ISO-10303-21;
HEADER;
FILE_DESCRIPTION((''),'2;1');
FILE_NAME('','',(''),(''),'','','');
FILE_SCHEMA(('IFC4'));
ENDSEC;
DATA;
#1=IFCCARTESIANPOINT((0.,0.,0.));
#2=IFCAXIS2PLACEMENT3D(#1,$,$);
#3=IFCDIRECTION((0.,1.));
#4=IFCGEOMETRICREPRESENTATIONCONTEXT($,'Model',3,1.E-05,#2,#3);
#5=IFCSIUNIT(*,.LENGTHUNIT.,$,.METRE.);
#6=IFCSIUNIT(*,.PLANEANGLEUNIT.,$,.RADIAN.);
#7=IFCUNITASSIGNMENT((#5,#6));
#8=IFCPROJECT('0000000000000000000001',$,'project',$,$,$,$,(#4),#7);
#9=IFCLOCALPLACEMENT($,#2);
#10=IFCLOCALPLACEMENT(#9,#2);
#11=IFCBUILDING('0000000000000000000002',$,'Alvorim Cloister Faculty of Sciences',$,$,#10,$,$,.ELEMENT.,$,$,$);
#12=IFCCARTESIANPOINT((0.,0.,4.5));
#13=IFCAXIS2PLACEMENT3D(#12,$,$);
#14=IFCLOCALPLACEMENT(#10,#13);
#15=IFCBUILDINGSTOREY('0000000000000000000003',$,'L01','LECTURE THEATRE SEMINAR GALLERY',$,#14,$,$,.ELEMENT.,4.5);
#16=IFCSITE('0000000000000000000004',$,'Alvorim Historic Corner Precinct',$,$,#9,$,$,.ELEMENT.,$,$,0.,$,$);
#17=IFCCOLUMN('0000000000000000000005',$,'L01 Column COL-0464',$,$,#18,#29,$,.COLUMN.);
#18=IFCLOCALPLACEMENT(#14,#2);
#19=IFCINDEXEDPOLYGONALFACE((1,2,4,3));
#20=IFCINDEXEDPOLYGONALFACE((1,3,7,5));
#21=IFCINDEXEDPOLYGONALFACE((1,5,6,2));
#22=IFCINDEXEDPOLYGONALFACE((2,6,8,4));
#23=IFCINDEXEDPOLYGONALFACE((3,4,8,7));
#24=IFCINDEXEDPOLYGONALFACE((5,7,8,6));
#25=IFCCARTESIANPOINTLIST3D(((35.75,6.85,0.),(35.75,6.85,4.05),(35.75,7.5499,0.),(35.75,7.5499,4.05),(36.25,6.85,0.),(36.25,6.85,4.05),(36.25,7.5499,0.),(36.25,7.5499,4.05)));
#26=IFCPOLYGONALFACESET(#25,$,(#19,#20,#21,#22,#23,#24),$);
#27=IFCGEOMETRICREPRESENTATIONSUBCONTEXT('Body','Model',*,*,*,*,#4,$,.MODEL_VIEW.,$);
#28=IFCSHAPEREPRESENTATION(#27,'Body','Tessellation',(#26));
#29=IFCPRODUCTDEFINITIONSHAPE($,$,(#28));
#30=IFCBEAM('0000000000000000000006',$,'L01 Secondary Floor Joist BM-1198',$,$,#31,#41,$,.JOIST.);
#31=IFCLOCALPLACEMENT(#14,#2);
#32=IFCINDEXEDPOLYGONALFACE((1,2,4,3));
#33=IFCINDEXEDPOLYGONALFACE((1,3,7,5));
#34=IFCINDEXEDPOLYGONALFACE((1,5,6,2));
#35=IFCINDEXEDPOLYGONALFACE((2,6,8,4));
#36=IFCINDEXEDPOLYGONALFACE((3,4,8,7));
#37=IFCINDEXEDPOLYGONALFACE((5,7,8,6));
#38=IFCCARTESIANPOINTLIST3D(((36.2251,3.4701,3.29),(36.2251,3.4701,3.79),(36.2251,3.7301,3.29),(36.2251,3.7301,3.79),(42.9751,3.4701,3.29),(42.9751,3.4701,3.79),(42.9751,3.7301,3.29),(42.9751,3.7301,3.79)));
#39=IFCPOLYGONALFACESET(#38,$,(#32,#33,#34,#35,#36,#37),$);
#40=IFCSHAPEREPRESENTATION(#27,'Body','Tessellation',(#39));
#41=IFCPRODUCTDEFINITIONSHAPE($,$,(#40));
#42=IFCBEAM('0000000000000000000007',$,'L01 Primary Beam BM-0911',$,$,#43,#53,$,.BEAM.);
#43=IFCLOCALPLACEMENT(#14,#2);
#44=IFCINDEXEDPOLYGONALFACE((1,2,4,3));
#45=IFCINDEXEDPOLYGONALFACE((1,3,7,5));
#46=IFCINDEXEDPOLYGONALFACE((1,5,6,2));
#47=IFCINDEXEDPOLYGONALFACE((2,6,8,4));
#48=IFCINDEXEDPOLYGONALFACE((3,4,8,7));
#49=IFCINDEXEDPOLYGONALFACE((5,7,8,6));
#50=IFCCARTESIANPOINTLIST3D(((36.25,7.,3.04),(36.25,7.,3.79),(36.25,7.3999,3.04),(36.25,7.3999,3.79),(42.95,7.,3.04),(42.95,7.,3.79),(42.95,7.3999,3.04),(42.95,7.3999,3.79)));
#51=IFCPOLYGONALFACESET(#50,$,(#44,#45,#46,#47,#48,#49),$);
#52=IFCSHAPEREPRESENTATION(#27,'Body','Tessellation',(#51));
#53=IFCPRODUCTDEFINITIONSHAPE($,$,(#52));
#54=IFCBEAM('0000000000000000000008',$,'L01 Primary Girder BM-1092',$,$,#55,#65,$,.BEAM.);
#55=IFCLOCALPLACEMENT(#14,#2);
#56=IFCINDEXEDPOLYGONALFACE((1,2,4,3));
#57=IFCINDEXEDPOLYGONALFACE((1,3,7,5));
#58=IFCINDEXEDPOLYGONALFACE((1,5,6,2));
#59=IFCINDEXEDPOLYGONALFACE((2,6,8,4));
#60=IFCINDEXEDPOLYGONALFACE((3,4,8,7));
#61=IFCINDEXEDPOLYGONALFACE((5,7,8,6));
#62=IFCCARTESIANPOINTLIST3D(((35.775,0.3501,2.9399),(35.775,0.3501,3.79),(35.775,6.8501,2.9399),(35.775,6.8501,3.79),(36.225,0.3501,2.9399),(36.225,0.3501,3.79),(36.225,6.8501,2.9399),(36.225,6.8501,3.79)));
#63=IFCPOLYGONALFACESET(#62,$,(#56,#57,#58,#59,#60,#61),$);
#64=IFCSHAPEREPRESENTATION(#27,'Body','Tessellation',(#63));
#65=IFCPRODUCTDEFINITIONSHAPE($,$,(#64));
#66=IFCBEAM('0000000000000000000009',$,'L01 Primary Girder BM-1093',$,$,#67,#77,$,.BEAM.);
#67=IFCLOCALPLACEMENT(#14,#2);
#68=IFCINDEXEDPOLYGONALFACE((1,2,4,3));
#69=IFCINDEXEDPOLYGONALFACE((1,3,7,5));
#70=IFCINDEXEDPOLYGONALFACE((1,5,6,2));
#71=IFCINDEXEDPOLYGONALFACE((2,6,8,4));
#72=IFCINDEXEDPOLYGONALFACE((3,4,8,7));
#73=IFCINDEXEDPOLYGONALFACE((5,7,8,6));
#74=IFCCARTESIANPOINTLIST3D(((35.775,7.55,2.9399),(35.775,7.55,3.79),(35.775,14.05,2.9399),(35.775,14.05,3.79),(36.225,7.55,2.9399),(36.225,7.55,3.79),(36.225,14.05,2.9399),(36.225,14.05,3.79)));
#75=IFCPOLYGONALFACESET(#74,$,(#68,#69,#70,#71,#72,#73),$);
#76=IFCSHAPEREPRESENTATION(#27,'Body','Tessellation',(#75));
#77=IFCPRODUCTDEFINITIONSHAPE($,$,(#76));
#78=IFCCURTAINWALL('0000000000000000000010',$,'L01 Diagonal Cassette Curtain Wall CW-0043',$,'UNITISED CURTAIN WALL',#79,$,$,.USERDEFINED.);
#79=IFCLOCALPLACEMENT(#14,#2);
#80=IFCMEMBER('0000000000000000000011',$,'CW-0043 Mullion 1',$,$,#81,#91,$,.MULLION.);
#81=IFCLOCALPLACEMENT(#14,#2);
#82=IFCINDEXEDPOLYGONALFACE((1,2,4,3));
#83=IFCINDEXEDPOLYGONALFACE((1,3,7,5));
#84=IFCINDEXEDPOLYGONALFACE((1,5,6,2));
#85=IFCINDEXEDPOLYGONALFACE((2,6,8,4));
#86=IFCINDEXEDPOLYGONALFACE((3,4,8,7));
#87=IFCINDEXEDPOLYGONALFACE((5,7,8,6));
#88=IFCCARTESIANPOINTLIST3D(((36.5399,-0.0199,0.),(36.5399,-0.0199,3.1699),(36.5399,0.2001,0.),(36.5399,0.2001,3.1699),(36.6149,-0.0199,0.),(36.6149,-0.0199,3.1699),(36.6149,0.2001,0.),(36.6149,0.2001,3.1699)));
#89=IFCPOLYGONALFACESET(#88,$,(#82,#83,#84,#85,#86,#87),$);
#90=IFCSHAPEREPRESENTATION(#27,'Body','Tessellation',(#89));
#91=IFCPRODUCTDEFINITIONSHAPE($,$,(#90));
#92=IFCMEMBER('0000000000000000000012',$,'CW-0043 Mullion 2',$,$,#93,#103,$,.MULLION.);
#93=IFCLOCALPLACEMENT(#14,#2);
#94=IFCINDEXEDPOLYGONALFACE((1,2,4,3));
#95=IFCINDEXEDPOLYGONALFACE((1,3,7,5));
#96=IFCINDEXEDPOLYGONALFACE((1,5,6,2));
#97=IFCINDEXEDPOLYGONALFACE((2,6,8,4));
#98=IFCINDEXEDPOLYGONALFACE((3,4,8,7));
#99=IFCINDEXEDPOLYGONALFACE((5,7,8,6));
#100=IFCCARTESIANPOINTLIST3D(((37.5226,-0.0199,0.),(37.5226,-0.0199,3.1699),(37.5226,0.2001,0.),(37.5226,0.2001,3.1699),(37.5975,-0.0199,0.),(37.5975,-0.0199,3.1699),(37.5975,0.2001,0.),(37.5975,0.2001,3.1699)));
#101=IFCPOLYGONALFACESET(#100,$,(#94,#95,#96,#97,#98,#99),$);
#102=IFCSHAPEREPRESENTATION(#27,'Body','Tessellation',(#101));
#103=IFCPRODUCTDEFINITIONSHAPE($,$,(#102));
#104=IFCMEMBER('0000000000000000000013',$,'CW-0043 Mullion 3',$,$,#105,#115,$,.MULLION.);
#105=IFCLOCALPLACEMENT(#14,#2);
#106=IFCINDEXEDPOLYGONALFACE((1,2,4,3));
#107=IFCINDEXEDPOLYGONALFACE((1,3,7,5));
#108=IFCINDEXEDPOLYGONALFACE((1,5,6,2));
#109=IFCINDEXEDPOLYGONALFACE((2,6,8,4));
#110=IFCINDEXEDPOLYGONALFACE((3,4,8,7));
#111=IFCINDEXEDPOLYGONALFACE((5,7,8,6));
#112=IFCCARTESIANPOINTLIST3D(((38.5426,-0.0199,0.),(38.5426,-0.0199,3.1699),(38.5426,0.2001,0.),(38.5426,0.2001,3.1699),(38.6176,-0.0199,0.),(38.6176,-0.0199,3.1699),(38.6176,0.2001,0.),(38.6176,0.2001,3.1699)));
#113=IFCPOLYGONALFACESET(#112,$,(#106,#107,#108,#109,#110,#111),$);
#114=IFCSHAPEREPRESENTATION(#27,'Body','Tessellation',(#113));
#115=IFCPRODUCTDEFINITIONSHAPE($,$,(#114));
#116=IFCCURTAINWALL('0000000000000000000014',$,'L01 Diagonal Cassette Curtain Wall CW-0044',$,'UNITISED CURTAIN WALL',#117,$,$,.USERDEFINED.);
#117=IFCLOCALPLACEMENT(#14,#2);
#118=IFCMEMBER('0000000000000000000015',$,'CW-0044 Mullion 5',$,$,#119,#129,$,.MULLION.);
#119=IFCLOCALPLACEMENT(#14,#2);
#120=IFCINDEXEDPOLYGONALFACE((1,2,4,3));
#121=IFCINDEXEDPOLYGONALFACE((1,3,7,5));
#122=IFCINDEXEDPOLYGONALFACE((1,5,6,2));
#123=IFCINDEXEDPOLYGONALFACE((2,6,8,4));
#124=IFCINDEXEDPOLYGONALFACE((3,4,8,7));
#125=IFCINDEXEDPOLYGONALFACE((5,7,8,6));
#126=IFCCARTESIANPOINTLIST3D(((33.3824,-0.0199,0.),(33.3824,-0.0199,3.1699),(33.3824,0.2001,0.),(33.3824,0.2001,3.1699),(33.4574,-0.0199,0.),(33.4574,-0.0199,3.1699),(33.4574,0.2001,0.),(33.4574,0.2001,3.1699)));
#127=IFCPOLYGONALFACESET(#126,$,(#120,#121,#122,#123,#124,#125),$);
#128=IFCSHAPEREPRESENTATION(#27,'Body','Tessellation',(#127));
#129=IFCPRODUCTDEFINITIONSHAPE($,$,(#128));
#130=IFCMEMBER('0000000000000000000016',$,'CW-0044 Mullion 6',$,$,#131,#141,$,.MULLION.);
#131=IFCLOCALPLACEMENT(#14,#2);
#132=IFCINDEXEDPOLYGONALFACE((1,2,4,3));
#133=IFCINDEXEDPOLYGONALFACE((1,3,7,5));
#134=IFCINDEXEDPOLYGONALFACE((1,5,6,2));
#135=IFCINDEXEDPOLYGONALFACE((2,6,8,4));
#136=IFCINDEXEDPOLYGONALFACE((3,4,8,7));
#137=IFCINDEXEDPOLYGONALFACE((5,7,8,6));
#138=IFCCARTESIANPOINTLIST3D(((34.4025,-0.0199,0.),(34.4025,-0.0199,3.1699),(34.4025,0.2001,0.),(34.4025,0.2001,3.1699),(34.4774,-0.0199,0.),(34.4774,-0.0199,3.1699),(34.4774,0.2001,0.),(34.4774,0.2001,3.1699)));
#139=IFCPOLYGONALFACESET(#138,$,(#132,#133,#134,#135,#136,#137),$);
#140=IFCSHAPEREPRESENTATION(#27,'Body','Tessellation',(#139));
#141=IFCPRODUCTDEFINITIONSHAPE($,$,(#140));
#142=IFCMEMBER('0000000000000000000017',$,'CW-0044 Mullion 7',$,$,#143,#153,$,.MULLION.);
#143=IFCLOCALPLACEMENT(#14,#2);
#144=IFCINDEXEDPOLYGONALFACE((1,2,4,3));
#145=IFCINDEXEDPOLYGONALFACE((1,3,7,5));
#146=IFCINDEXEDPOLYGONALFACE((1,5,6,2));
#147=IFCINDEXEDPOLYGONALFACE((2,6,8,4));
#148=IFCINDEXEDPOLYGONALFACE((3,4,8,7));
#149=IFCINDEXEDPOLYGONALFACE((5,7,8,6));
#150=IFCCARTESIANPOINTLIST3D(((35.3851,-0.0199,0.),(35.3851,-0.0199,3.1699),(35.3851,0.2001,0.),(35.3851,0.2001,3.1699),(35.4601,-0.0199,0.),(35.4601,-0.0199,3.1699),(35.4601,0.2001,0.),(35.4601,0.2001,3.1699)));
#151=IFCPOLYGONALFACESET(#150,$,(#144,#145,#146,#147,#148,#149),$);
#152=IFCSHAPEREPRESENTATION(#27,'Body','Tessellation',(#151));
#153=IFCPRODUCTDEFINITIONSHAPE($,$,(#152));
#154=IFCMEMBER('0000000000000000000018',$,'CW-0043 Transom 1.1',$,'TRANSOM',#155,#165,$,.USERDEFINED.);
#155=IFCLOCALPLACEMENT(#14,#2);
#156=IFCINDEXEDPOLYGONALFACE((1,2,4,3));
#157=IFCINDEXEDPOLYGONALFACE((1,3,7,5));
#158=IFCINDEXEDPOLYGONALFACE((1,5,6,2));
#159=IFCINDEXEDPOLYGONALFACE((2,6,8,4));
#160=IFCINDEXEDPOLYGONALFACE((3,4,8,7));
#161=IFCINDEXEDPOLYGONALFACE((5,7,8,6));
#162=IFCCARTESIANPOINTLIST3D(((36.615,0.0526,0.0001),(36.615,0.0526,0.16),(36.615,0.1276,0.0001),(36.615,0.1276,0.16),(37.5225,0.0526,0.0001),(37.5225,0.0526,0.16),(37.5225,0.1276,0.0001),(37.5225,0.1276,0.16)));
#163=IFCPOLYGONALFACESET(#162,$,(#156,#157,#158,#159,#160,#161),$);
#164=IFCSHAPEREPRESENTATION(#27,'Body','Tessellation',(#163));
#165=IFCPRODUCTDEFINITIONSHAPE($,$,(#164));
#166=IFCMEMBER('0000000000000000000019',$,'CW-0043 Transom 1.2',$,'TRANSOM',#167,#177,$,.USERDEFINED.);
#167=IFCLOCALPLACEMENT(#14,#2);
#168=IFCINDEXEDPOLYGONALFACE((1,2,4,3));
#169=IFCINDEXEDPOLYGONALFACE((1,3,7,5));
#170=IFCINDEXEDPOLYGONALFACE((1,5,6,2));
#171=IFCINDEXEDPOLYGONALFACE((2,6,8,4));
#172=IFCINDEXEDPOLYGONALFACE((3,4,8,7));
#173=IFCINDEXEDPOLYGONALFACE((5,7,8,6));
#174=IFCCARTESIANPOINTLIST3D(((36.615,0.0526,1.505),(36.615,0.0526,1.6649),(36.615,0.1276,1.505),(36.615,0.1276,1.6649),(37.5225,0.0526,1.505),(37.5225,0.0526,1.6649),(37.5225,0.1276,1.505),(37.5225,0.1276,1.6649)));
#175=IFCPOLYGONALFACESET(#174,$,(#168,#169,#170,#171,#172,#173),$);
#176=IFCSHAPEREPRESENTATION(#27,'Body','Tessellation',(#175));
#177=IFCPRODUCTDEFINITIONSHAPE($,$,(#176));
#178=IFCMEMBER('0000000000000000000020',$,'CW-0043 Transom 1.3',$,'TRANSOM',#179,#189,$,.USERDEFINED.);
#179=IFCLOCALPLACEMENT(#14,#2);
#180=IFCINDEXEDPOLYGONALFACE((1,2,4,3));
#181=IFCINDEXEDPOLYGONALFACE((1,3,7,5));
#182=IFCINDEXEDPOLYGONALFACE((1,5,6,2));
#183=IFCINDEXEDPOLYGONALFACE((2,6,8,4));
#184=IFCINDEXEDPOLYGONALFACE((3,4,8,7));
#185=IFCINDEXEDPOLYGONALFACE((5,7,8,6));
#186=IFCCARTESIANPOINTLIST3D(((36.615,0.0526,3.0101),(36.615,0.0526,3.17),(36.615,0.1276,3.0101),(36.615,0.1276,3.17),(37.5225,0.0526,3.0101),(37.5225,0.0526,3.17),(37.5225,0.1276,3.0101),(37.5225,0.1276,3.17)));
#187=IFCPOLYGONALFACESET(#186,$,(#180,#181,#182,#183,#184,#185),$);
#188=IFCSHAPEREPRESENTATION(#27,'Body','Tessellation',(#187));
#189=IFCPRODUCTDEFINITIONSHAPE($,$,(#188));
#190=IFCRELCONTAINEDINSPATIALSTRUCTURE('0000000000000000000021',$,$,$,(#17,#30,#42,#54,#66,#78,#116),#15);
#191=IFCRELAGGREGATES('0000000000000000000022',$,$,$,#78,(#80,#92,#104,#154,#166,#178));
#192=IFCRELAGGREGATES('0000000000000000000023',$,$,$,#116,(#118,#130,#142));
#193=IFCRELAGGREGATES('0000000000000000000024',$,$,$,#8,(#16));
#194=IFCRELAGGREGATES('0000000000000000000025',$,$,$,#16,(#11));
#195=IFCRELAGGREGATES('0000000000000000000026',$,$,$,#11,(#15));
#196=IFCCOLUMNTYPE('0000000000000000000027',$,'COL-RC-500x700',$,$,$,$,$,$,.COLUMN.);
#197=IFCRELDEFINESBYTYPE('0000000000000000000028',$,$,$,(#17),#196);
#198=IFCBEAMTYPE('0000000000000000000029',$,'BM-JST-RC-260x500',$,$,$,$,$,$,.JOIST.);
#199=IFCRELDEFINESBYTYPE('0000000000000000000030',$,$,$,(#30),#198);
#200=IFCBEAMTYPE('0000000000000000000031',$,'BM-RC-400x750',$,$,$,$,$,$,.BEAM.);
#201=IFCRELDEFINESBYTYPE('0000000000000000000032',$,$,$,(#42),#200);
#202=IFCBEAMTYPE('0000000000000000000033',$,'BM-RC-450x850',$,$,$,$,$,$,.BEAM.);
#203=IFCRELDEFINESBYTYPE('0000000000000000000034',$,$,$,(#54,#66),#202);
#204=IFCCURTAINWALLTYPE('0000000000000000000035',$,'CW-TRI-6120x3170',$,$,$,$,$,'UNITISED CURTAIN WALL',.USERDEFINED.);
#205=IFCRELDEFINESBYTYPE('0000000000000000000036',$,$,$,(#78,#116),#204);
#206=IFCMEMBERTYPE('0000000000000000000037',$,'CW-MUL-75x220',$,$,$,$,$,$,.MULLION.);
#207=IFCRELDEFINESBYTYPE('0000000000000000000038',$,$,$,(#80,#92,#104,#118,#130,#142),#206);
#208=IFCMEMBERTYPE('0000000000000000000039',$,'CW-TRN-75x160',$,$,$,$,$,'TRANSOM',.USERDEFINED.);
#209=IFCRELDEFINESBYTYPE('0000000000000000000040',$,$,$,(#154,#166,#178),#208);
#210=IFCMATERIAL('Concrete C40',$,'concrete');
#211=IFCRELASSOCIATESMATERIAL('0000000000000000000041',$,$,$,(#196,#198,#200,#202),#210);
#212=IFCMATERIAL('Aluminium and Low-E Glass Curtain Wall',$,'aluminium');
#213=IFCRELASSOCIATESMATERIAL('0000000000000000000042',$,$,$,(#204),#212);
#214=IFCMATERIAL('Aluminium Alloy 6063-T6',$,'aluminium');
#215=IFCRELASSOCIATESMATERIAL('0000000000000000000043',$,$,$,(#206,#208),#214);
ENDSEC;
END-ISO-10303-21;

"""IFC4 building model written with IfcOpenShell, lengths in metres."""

from ifc_helpers import new_model, si_unit, direction, frame, origin, origin_2d, place, context, subcontext, project, spatial, rectangle, extrude, material, material_profile, profile_set, type_object, element, aggregate, save


model = new_model("IFC4")

# Units and contexts
model_context = context("Model", 3, precision=1e-05, world=origin(), true_north=direction((0.0, 1.0)))
body_context = subcontext(model_context, "Body", "Model", "MODEL_VIEW")
ifc_project = project(units=[si_unit("LENGTHUNIT", "METRE"), si_unit("PLANEANGLEUNIT", "RADIAN")], contexts=[model_context])

# Site, building, storey
site_placement = place(None, origin())
site = spatial("IfcSite", under=ifc_project, at=site_placement, Name="Alvorim Historic Corner Precinct", CompositionType="ELEMENT", RefElevation=0.0)
building_placement = place(site_placement, origin())
building = spatial("IfcBuilding", under=site, at=building_placement, Name="Alvorim Cloister Faculty of Sciences", CompositionType="ELEMENT")
storey_placement = place(building_placement, frame((0.0, 0.0, 4.5)))
storey = spatial("IfcBuildingStorey", under=building, at=storey_placement, Name="L01", Description="LECTURE THEATRE SEMINAR GALLERY", CompositionType="ELEMENT", Elevation=4.5)

# Column
ifc_material_1 = material(Name="Concrete C40", Category="concrete")
ifc_material_profile_1 = material_profile(ifc_material_1, rectangle(XDim=0.5, YDim=0.7, at=origin_2d()), Name="RC40-COL-500x700")
ifc_profile_set_1 = profile_set([ifc_material_profile_1], Name="Concrete C40")
column_type = type_object("IfcColumnType", Name="COL-RC-500x700", PredefinedType="COLUMN", material=ifc_profile_set_1)
column_placement = place(storey_placement, frame((36.0, 7.2, 0.0), z_axis=(0.0, 0.0, 1.0), x_axis=(1.0, 0.0, 0.0)))
element("IfcColumn", 1, at=column_placement, inside=storey, type_object=column_type, Name="L01 Column COL-0464", PredefinedType="COLUMN", context=body_context, shape_type="SweptSolid", body=[
    extrude(rectangle(XDim=0.5, YDim=0.7, at=origin_2d()), origin(), (0.0, 0.0, 1.0), 4.05),
])

# Beams
ifc_material_profile_2 = material_profile(ifc_material_1, rectangle(XDim=0.26, YDim=0.5, at=origin_2d()), Name="RC40-JST-260x500")
ifc_profile_set_2 = profile_set([ifc_material_profile_2], Name="Concrete C40")
beam_type_1 = type_object("IfcBeamType", Name="BM-JST-RC-260x500", PredefinedType="JOIST", material=ifc_profile_set_2)
beam_1_placement = place(storey_placement, frame((36.2251, 3.6001, 3.54), z_axis=(1.0, 0.0, 0.0), x_axis=(0.0, 1.0, 0.0)))
element("IfcBeam", 2, at=beam_1_placement, inside=storey, type_object=beam_type_1, Name="L01 Secondary Floor Joist BM-1198", PredefinedType="JOIST", context=body_context, shape_type="SweptSolid", body=[
    extrude(rectangle(XDim=0.26, YDim=0.5, at=origin_2d()), origin(), (0.0, 0.0, 1.0), 6.75),
])
ifc_material_profile_3 = material_profile(ifc_material_1, rectangle(XDim=0.3999, YDim=0.75, at=origin_2d()), Name="RC40-BM-400x750")
ifc_profile_set_3 = profile_set([ifc_material_profile_3], Name="Concrete C40")
beam_type_2 = type_object("IfcBeamType", Name="BM-RC-400x750", PredefinedType="BEAM", material=ifc_profile_set_3)
beam_2_placement = place(storey_placement, frame((36.25, 7.2, 3.415), z_axis=(1.0, 0.0, 0.0), x_axis=(0.0, 1.0, 0.0)))
element("IfcBeam", 3, at=beam_2_placement, inside=storey, type_object=beam_type_2, Name="L01 Primary Beam BM-0911", PredefinedType="BEAM", context=body_context, shape_type="SweptSolid", body=[
    extrude(rectangle(XDim=0.3999, YDim=0.75, at=origin_2d()), origin(), (0.0, 0.0, 1.0), 6.7),
])
ifc_material_profile_4 = material_profile(ifc_material_1, rectangle(XDim=0.45, YDim=0.8501, at=origin_2d()), Name="RC40-BM-450x850")
ifc_profile_set_4 = profile_set([ifc_material_profile_4], Name="Concrete C40")
beam_type_3 = type_object("IfcBeamType", Name="BM-RC-450x850", PredefinedType="BEAM", material=ifc_profile_set_4)
for number, where, z_axis, x_axis, name in (
    (4, (36.0, 0.3501, 3.365), (0.0, 1.0, 0.0), (-1.0, 0.0, 0.0), "L01 Primary Girder BM-1092"),
    (5, (36.0, 7.55, 3.365), (0.0, 1.0, 0.0), (-1.0, 0.0, 0.0), "L01 Primary Girder BM-1093"),
):
    element("IfcBeam", number, at=place(storey_placement, frame(where, z_axis=z_axis, x_axis=x_axis)), inside=storey, type_object=beam_type_3, Name=name, PredefinedType="BEAM", context=body_context, shape_type="SweptSolid", body=[
        extrude(rectangle(XDim=0.45, YDim=0.8501, at=origin_2d()), origin(), (0.0, 0.0, 1.0), 6.5),
    ])

# Curtain walls, members
ifc_material_2 = material(Name="Aluminium and Low-E Glass Curtain Wall", Category="aluminium")
curtain_wall_type = type_object("IfcCurtainWallType", Name="CW-TRI-6120x3170", ElementType="UNITISED CURTAIN WALL", PredefinedType="USERDEFINED", material=ifc_material_2)
curtain_wall_1_placement = place(storey_placement, origin())
curtain_wall_1 = element("IfcCurtainWall", 6, at=curtain_wall_1_placement, inside=storey, type_object=curtain_wall_type, Name="L01 Diagonal Cassette Curtain Wall CW-0043", ObjectType="UNITISED CURTAIN WALL", PredefinedType="USERDEFINED")
ifc_material_3 = material(Name="Aluminium Alloy 6063-T6", Category="aluminium")
ifc_material_profile_5 = material_profile(ifc_material_3, rectangle(XDim=0.075, YDim=0.22, at=origin_2d()), Name="ALU-MUL-75x220")
ifc_profile_set_5 = profile_set([ifc_material_profile_5], Name="Aluminium Alloy 6063-T6")
member_type_1 = type_object("IfcMemberType", Name="CW-MUL-75x220", PredefinedType="MULLION", material=ifc_profile_set_5)
member_1_placement = place(storey_placement, frame((36.5774, 0.0901, 0.0), z_axis=(0.0, 0.0, 1.0), x_axis=(1.0, 0.0, 0.0)))
member_1 = element("IfcMember", 7, at=member_1_placement, type_object=member_type_1, Name="CW-0043 Mullion 1", PredefinedType="MULLION", context=body_context, shape_type="SweptSolid", body=[
    extrude(rectangle(XDim=0.075, YDim=0.22, at=origin_2d()), origin(), (0.0, 0.0, 1.0), 3.1699),
])
member_2_placement = place(storey_placement, frame((37.5601, 0.0901, 0.0), z_axis=(0.0, 0.0, 1.0), x_axis=(1.0, 0.0, 0.0)))
member_2 = element("IfcMember", 8, at=member_2_placement, type_object=member_type_1, Name="CW-0043 Mullion 2", PredefinedType="MULLION", context=body_context, shape_type="SweptSolid", body=[
    extrude(rectangle(XDim=0.075, YDim=0.22, at=origin_2d()), origin(), (0.0, 0.0, 1.0), 3.1699),
])
member_3_placement = place(storey_placement, frame((38.5801, 0.0901, 0.0), z_axis=(0.0, 0.0, 1.0), x_axis=(1.0, 0.0, 0.0)))
member_3 = element("IfcMember", 9, at=member_3_placement, type_object=member_type_1, Name="CW-0043 Mullion 3", PredefinedType="MULLION", context=body_context, shape_type="SweptSolid", body=[
    extrude(rectangle(XDim=0.075, YDim=0.22, at=origin_2d()), origin(), (0.0, 0.0, 1.0), 3.1699),
])
curtain_wall_2_placement = place(storey_placement, origin())
curtain_wall_2 = element("IfcCurtainWall", 10, at=curtain_wall_2_placement, inside=storey, type_object=curtain_wall_type, Name="L01 Diagonal Cassette Curtain Wall CW-0044", ObjectType="UNITISED CURTAIN WALL", PredefinedType="USERDEFINED")
member_4_placement = place(storey_placement, frame((33.4199, 0.0901, 0.0), z_axis=(0.0, 0.0, 1.0), x_axis=(1.0, 0.0, 0.0)))
member_4 = element("IfcMember", 11, at=member_4_placement, type_object=member_type_1, Name="CW-0044 Mullion 5", PredefinedType="MULLION", context=body_context, shape_type="SweptSolid", body=[
    extrude(rectangle(XDim=0.075, YDim=0.22, at=origin_2d()), origin(), (0.0, 0.0, 1.0), 3.1699),
])
member_5_placement = place(storey_placement, frame((34.4399, 0.0901, 0.0), z_axis=(0.0, 0.0, 1.0), x_axis=(1.0, 0.0, 0.0)))
member_5 = element("IfcMember", 12, at=member_5_placement, type_object=member_type_1, Name="CW-0044 Mullion 6", PredefinedType="MULLION", context=body_context, shape_type="SweptSolid", body=[
    extrude(rectangle(XDim=0.075, YDim=0.22, at=origin_2d()), origin(), (0.0, 0.0, 1.0), 3.1699),
])
member_6_placement = place(storey_placement, frame((35.4226, 0.0901, 0.0), z_axis=(0.0, 0.0, 1.0), x_axis=(1.0, 0.0, 0.0)))
member_6 = element("IfcMember", 13, at=member_6_placement, type_object=member_type_1, Name="CW-0044 Mullion 7", PredefinedType="MULLION", context=body_context, shape_type="SweptSolid", body=[
    extrude(rectangle(XDim=0.075, YDim=0.22, at=origin_2d()), origin(), (0.0, 0.0, 1.0), 3.1699),
])

# Members
ifc_material_profile_6 = material_profile(ifc_material_3, rectangle(XDim=0.075, YDim=0.1599, at=origin_2d()), Name="ALU-TRN-75x160")
ifc_profile_set_6 = profile_set([ifc_material_profile_6], Name="Aluminium Alloy 6063-T6")
member_type_2 = type_object("IfcMemberType", Name="CW-TRN-75x160", ElementType="TRANSOM", PredefinedType="USERDEFINED", material=ifc_profile_set_6)
member_7_placement = place(storey_placement, frame((36.615, 0.0901, 0.0801), z_axis=(1.0, 0.0, 0.0), x_axis=(0.0, 1.0, 0.0)))
member_7 = element("IfcMember", 14, at=member_7_placement, type_object=member_type_2, Name="CW-0043 Transom 1.1", ObjectType="TRANSOM", PredefinedType="USERDEFINED", context=body_context, shape_type="SweptSolid", body=[
    extrude(rectangle(XDim=0.075, YDim=0.1599, at=origin_2d()), origin(), (0.0, 0.0, 1.0), 0.9075),
])
member_8_placement = place(storey_placement, frame((36.615, 0.0901, 1.585), z_axis=(1.0, 0.0, 0.0), x_axis=(0.0, 1.0, 0.0)))
member_8 = element("IfcMember", 15, at=member_8_placement, type_object=member_type_2, Name="CW-0043 Transom 1.2", ObjectType="TRANSOM", PredefinedType="USERDEFINED", context=body_context, shape_type="SweptSolid", body=[
    extrude(rectangle(XDim=0.075, YDim=0.1599, at=origin_2d()), origin(), (0.0, 0.0, 1.0), 0.9075),
])
member_9_placement = place(storey_placement, frame((36.615, 0.0901, 3.0901), z_axis=(1.0, 0.0, 0.0), x_axis=(0.0, 1.0, 0.0)))
member_9 = element("IfcMember", 16, at=member_9_placement, type_object=member_type_2, Name="CW-0043 Transom 1.3", ObjectType="TRANSOM", PredefinedType="USERDEFINED", context=body_context, shape_type="SweptSolid", body=[
    extrude(rectangle(XDim=0.075, YDim=0.1599, at=origin_2d()), origin(), (0.0, 0.0, 1.0), 0.9075),
])
aggregate(curtain_wall_1, [member_1, member_2, member_3, member_7, member_8, member_9])
aggregate(curtain_wall_2, [member_4, member_5, member_6])

save(model, "model.ifc")
